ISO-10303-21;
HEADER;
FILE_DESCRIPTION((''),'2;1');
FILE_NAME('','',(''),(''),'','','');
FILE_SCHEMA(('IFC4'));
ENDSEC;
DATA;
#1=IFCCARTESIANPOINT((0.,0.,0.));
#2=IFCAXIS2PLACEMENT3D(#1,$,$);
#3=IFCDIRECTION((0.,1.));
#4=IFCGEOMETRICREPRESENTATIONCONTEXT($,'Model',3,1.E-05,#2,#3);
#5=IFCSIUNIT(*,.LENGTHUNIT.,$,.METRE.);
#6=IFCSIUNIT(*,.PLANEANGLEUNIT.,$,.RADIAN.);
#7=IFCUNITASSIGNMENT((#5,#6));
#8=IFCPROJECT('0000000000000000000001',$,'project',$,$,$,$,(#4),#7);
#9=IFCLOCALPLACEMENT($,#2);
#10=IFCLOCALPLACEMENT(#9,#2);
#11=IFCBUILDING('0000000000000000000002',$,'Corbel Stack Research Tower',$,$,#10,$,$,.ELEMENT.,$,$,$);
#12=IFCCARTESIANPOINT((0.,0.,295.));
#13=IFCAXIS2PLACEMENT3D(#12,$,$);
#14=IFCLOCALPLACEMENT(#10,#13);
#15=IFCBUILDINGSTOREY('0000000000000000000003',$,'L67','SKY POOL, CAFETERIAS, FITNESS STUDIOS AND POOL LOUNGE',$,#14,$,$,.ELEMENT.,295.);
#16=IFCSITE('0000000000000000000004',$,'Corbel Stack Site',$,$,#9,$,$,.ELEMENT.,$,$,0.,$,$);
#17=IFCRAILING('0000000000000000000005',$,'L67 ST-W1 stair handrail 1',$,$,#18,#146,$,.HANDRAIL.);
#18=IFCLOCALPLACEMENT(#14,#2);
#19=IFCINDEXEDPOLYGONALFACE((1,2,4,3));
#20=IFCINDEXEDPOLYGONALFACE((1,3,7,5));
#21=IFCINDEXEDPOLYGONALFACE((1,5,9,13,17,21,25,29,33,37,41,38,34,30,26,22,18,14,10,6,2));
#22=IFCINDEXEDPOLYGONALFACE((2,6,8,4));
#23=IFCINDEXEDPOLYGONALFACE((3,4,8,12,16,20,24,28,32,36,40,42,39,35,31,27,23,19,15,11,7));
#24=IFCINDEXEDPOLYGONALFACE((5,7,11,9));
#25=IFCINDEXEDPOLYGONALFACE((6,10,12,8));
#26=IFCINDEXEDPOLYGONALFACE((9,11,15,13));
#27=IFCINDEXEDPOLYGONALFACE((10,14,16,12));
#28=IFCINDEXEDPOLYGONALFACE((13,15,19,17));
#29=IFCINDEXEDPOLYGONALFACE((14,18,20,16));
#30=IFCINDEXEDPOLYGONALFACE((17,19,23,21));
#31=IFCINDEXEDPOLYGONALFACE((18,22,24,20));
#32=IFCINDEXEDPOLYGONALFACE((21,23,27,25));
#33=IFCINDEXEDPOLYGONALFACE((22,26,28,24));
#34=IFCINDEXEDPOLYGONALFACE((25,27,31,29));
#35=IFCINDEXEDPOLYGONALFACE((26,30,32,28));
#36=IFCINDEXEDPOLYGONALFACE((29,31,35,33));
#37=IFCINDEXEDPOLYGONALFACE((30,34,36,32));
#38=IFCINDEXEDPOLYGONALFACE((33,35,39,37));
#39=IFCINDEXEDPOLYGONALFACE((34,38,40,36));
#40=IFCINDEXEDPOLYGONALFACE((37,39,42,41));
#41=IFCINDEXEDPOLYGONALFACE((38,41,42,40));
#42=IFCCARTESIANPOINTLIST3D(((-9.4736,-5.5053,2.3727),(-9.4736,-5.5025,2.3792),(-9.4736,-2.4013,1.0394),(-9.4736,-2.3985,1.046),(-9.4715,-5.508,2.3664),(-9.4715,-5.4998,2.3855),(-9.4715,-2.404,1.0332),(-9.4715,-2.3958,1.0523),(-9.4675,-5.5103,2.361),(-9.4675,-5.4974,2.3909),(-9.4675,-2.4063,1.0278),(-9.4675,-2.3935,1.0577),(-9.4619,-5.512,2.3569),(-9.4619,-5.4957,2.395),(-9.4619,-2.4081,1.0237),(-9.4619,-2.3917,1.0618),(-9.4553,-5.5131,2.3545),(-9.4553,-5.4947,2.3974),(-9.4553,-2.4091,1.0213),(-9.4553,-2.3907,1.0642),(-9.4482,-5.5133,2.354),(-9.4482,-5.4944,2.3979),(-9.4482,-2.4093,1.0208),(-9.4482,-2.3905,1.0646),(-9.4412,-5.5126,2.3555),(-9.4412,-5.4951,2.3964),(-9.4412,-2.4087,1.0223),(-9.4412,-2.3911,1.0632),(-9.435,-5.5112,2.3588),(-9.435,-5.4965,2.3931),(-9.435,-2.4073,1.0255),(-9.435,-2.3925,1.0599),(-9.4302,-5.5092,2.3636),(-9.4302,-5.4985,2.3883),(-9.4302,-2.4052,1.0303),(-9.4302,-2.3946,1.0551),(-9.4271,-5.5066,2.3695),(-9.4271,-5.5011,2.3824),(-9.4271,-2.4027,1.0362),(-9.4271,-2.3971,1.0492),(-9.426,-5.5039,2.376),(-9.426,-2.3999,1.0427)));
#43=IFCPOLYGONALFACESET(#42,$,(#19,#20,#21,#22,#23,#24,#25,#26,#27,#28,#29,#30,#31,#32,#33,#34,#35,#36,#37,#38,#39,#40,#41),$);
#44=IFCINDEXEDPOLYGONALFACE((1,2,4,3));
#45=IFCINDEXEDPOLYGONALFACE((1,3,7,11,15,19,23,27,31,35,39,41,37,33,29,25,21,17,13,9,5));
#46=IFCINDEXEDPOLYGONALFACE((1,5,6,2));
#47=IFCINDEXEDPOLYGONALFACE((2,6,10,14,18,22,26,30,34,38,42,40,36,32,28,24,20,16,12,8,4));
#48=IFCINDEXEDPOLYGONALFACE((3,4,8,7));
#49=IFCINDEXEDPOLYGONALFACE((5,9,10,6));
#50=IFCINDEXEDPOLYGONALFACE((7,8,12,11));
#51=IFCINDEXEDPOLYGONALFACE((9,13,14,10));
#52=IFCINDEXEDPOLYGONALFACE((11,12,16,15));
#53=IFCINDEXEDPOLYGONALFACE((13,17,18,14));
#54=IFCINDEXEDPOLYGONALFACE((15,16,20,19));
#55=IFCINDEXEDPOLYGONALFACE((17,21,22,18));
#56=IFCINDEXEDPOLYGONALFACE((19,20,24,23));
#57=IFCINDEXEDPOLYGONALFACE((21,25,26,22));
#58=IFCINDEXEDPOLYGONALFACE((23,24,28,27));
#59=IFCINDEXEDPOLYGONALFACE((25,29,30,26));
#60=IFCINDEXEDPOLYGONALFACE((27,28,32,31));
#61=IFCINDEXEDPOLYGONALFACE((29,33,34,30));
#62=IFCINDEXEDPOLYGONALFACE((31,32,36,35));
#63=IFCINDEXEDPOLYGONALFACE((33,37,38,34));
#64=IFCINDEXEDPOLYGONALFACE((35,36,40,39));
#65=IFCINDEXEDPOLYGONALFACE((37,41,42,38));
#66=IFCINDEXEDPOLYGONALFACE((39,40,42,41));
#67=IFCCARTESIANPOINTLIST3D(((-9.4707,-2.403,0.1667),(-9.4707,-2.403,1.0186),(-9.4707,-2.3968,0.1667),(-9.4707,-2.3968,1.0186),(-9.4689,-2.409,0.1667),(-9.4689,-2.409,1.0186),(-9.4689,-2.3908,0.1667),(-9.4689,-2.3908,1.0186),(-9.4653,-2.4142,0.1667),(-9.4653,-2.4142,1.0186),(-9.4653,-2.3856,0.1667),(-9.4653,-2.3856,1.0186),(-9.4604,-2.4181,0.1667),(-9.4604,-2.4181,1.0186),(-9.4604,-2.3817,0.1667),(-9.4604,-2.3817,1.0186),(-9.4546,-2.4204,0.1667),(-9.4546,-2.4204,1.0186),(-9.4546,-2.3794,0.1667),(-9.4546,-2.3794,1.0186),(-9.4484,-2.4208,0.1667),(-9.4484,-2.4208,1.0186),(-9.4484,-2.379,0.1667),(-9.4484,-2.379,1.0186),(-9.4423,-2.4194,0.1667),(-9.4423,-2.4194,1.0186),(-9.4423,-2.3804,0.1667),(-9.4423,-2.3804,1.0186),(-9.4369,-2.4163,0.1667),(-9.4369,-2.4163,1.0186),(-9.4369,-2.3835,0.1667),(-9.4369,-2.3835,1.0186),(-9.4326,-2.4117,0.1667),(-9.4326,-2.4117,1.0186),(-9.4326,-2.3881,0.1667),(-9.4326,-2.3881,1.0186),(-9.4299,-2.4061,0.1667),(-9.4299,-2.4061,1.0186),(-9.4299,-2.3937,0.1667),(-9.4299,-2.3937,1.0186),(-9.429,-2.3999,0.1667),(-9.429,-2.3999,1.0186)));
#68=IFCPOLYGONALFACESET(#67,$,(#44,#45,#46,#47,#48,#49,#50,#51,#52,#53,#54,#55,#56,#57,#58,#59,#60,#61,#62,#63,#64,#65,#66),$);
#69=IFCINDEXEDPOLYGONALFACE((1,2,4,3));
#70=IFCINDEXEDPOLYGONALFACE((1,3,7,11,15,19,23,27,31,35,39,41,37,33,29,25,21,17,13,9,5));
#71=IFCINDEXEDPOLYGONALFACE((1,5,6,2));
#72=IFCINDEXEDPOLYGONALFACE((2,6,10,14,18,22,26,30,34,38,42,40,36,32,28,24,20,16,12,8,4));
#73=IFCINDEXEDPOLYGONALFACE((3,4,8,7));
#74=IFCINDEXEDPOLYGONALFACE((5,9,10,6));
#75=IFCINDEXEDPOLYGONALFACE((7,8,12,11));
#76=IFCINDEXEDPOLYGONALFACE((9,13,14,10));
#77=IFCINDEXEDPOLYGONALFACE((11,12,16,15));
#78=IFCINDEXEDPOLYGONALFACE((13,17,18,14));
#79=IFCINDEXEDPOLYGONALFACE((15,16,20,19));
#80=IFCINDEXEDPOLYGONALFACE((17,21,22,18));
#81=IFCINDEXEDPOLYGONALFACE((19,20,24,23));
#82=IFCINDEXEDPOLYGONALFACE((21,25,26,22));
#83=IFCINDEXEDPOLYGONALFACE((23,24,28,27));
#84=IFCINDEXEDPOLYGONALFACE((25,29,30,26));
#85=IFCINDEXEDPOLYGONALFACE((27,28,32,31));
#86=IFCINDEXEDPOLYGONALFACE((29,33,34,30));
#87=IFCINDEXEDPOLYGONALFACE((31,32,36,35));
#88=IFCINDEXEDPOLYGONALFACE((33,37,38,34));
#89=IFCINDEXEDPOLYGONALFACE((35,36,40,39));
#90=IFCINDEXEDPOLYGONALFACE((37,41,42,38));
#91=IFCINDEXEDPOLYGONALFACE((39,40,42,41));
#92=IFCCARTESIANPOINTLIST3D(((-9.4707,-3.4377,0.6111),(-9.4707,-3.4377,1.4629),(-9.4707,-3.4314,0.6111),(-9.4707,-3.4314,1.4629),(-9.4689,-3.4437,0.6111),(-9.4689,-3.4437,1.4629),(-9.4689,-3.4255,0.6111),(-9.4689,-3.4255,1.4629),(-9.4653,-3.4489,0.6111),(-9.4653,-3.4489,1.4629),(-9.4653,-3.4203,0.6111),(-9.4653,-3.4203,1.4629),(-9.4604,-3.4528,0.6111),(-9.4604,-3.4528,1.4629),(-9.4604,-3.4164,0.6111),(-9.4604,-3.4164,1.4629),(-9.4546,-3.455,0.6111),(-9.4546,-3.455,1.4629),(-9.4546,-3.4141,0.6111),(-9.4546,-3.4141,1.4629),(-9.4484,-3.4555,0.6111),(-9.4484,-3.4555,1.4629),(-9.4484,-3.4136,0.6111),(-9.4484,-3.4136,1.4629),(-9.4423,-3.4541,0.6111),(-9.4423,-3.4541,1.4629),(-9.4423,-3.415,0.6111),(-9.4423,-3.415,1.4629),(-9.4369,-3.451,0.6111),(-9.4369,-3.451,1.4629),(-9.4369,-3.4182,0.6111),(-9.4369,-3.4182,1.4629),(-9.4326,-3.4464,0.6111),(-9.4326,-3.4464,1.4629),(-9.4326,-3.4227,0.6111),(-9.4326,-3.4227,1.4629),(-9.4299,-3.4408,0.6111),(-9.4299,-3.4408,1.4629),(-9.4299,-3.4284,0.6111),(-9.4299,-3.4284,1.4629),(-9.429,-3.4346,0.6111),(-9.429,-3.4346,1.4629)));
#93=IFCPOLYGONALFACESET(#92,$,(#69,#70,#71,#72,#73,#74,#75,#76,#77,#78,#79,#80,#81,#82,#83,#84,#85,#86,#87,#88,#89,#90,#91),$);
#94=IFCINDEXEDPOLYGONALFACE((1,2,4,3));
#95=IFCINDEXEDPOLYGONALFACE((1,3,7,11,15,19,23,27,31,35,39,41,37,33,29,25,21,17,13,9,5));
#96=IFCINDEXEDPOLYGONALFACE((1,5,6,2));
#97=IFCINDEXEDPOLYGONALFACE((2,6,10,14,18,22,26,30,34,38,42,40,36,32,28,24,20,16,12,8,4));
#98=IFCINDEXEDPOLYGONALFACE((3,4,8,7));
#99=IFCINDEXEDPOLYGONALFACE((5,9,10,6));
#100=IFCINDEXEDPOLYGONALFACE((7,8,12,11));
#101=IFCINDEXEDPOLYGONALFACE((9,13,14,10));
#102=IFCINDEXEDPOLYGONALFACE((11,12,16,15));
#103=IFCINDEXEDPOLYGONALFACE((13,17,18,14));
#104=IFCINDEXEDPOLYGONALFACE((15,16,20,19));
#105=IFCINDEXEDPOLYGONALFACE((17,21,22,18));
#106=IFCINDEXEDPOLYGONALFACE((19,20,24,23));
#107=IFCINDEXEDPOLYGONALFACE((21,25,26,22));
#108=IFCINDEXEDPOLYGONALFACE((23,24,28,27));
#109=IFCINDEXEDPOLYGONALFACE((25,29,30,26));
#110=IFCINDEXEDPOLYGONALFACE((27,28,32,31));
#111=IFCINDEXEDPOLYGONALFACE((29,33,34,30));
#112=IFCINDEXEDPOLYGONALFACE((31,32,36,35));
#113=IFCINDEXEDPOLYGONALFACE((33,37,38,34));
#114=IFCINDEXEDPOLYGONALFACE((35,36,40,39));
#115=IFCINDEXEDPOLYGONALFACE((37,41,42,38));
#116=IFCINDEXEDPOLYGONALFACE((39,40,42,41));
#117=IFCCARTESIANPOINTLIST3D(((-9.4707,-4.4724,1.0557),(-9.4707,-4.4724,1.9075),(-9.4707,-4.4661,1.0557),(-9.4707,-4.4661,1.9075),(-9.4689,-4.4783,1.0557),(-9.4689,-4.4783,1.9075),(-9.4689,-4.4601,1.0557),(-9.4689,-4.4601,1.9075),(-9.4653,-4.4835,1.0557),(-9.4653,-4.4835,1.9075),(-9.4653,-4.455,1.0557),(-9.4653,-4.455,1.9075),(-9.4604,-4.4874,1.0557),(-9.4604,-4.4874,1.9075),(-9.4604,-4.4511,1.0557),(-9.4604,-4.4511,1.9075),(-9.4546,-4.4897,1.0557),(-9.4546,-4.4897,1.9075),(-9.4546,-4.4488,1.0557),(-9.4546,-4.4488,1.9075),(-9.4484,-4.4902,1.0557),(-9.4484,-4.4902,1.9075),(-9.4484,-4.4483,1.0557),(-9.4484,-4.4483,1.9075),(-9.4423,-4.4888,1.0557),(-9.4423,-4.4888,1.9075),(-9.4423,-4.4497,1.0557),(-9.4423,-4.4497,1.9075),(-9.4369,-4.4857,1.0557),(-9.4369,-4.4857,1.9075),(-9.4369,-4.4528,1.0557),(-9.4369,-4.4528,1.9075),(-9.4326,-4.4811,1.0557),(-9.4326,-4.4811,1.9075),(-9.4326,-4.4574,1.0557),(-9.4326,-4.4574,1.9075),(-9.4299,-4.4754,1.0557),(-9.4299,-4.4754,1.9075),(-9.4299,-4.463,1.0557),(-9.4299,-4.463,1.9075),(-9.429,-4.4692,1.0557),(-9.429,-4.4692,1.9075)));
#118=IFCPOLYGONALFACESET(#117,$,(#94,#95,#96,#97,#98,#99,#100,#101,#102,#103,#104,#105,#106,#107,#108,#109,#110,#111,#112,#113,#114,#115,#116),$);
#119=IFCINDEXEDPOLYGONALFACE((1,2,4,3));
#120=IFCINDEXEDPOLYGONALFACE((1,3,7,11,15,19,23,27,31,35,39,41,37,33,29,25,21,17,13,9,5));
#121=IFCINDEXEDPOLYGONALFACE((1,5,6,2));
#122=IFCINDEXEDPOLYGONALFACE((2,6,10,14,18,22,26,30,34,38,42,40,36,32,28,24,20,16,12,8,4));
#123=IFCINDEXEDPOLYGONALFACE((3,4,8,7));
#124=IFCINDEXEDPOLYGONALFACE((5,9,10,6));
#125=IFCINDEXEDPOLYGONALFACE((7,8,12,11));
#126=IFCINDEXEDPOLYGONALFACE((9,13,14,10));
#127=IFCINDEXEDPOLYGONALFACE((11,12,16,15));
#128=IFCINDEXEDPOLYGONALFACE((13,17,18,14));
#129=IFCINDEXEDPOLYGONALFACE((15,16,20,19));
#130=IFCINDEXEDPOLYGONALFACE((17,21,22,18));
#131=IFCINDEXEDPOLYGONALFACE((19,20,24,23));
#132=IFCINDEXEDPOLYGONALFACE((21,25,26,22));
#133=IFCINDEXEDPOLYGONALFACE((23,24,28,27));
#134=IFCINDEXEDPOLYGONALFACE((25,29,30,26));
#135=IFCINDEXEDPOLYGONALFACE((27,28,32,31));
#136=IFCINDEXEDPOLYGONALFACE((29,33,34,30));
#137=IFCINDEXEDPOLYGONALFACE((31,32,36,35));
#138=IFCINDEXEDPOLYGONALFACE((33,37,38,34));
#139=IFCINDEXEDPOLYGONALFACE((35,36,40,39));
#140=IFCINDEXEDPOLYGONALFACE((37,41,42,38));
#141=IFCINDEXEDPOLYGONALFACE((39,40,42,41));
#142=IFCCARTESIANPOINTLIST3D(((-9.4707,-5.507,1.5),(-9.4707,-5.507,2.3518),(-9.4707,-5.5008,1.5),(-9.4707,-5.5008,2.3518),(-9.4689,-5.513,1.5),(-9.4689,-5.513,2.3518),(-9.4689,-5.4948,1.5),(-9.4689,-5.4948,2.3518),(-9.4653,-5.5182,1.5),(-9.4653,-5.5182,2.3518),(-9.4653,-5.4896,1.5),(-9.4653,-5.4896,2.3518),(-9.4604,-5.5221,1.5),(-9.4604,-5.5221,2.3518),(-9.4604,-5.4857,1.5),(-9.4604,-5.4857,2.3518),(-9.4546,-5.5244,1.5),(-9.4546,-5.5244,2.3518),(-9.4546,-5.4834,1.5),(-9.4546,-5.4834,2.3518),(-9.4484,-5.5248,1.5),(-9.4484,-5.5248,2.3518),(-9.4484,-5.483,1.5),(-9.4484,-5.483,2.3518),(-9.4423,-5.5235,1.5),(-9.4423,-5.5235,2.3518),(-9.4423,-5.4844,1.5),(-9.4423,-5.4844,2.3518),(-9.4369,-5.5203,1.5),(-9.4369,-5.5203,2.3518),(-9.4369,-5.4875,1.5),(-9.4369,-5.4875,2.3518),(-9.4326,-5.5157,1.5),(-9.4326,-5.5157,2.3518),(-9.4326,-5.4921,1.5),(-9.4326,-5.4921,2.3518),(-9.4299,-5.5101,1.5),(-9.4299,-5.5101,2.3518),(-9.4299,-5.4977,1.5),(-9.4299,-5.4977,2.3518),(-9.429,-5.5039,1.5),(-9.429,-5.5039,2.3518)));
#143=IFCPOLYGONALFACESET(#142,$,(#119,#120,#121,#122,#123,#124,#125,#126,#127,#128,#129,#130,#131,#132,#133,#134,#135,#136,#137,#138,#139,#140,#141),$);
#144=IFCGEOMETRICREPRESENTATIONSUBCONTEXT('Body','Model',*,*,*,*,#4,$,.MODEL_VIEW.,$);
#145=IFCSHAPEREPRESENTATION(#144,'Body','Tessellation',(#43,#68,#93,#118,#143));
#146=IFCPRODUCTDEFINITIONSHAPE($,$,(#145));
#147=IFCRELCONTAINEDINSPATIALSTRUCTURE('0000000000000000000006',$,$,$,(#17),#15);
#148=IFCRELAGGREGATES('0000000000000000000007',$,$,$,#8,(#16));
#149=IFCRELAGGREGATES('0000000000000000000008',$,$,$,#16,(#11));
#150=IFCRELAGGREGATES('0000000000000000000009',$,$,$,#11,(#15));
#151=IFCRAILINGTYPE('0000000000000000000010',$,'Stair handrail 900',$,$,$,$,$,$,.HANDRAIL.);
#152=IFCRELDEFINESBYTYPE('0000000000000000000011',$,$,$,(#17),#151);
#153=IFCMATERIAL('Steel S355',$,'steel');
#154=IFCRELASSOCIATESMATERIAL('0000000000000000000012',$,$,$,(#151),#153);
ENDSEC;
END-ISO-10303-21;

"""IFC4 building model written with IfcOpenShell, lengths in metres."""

from ifc_helpers import new_model, si_unit, direction, frame, origin, origin_2d, place, context, subcontext, project, spatial, circle, extrude, material, type_object, element, save


model = new_model("IFC4")

# Units and contexts
model_context = context("Model", 3, precision=1e-05, world=origin(), true_north=direction((0.0, 1.0)))
body_context = subcontext(model_context, "Body", "Model", "MODEL_VIEW")
ifc_project = project(units=[si_unit("LENGTHUNIT", "METRE"), si_unit("PLANEANGLEUNIT", "RADIAN")], contexts=[model_context])

# Site, building, storey
site_placement = place(None, origin())
site = spatial("IfcSite", under=ifc_project, at=site_placement, Name="Corbel Stack Site", CompositionType="ELEMENT", RefElevation=0.0)
building_placement = place(site_placement, origin())
building = spatial("IfcBuilding", under=site, at=building_placement, Name="Corbel Stack Research Tower", CompositionType="ELEMENT")
storey_placement = place(building_placement, frame((0.0, 0.0, 295.0)))
storey = spatial("IfcBuildingStorey", under=building, at=storey_placement, Name="L67", Description="SKY POOL, CAFETERIAS, FITNESS STUDIOS AND POOL LOUNGE", CompositionType="ELEMENT", Elevation=295.0)

# Railing
ifc_material_1 = material(Name="Steel S355", Category="steel")
railing_type_1 = type_object("IfcRailingType", Name="Stair handrail 900", PredefinedType="HANDRAIL", material=ifc_material_1)
for number, where, name in (
    (1, (-9.45, -2.3999, 0.1667), "L67 ST-W1 stair handrail 1"),
):
    element("IfcRailing", number, at=place(storey_placement, frame(where)), inside=storey, type_object=railing_type_1, Name=name, PredefinedType="HANDRAIL", context=body_context, shape_type="SweptSolid", body=[
        extrude(circle(Radius=0.0239, at=origin_2d()), frame((0.0, 0.0, 0.876), z_axis=(0.0, -0.918827, 0.394661), x_axis=(1.0, 0.0, 0.0)), (0.0, 0.0, 1.0), 3.3782),
        extrude(circle(Radius=0.021, at=origin_2d()), origin(), (0.0, 0.0, 1.0), 0.8518),
        extrude(circle(Radius=0.021, at=origin_2d()), frame((0.0, -1.0347, 0.4443)), (0.0, 0.0, 1.0), 0.8518),
        extrude(circle(Radius=0.021, at=origin_2d()), frame((0.0, -2.0693, 0.8889)), (0.0, 0.0, 1.0), 0.8518),
        extrude(circle(Radius=0.021, at=origin_2d()), frame((0.0, -3.104, 1.3333)), (0.0, 0.0, 1.0), 0.8518),
    ])

save(model, "model.ifc")
